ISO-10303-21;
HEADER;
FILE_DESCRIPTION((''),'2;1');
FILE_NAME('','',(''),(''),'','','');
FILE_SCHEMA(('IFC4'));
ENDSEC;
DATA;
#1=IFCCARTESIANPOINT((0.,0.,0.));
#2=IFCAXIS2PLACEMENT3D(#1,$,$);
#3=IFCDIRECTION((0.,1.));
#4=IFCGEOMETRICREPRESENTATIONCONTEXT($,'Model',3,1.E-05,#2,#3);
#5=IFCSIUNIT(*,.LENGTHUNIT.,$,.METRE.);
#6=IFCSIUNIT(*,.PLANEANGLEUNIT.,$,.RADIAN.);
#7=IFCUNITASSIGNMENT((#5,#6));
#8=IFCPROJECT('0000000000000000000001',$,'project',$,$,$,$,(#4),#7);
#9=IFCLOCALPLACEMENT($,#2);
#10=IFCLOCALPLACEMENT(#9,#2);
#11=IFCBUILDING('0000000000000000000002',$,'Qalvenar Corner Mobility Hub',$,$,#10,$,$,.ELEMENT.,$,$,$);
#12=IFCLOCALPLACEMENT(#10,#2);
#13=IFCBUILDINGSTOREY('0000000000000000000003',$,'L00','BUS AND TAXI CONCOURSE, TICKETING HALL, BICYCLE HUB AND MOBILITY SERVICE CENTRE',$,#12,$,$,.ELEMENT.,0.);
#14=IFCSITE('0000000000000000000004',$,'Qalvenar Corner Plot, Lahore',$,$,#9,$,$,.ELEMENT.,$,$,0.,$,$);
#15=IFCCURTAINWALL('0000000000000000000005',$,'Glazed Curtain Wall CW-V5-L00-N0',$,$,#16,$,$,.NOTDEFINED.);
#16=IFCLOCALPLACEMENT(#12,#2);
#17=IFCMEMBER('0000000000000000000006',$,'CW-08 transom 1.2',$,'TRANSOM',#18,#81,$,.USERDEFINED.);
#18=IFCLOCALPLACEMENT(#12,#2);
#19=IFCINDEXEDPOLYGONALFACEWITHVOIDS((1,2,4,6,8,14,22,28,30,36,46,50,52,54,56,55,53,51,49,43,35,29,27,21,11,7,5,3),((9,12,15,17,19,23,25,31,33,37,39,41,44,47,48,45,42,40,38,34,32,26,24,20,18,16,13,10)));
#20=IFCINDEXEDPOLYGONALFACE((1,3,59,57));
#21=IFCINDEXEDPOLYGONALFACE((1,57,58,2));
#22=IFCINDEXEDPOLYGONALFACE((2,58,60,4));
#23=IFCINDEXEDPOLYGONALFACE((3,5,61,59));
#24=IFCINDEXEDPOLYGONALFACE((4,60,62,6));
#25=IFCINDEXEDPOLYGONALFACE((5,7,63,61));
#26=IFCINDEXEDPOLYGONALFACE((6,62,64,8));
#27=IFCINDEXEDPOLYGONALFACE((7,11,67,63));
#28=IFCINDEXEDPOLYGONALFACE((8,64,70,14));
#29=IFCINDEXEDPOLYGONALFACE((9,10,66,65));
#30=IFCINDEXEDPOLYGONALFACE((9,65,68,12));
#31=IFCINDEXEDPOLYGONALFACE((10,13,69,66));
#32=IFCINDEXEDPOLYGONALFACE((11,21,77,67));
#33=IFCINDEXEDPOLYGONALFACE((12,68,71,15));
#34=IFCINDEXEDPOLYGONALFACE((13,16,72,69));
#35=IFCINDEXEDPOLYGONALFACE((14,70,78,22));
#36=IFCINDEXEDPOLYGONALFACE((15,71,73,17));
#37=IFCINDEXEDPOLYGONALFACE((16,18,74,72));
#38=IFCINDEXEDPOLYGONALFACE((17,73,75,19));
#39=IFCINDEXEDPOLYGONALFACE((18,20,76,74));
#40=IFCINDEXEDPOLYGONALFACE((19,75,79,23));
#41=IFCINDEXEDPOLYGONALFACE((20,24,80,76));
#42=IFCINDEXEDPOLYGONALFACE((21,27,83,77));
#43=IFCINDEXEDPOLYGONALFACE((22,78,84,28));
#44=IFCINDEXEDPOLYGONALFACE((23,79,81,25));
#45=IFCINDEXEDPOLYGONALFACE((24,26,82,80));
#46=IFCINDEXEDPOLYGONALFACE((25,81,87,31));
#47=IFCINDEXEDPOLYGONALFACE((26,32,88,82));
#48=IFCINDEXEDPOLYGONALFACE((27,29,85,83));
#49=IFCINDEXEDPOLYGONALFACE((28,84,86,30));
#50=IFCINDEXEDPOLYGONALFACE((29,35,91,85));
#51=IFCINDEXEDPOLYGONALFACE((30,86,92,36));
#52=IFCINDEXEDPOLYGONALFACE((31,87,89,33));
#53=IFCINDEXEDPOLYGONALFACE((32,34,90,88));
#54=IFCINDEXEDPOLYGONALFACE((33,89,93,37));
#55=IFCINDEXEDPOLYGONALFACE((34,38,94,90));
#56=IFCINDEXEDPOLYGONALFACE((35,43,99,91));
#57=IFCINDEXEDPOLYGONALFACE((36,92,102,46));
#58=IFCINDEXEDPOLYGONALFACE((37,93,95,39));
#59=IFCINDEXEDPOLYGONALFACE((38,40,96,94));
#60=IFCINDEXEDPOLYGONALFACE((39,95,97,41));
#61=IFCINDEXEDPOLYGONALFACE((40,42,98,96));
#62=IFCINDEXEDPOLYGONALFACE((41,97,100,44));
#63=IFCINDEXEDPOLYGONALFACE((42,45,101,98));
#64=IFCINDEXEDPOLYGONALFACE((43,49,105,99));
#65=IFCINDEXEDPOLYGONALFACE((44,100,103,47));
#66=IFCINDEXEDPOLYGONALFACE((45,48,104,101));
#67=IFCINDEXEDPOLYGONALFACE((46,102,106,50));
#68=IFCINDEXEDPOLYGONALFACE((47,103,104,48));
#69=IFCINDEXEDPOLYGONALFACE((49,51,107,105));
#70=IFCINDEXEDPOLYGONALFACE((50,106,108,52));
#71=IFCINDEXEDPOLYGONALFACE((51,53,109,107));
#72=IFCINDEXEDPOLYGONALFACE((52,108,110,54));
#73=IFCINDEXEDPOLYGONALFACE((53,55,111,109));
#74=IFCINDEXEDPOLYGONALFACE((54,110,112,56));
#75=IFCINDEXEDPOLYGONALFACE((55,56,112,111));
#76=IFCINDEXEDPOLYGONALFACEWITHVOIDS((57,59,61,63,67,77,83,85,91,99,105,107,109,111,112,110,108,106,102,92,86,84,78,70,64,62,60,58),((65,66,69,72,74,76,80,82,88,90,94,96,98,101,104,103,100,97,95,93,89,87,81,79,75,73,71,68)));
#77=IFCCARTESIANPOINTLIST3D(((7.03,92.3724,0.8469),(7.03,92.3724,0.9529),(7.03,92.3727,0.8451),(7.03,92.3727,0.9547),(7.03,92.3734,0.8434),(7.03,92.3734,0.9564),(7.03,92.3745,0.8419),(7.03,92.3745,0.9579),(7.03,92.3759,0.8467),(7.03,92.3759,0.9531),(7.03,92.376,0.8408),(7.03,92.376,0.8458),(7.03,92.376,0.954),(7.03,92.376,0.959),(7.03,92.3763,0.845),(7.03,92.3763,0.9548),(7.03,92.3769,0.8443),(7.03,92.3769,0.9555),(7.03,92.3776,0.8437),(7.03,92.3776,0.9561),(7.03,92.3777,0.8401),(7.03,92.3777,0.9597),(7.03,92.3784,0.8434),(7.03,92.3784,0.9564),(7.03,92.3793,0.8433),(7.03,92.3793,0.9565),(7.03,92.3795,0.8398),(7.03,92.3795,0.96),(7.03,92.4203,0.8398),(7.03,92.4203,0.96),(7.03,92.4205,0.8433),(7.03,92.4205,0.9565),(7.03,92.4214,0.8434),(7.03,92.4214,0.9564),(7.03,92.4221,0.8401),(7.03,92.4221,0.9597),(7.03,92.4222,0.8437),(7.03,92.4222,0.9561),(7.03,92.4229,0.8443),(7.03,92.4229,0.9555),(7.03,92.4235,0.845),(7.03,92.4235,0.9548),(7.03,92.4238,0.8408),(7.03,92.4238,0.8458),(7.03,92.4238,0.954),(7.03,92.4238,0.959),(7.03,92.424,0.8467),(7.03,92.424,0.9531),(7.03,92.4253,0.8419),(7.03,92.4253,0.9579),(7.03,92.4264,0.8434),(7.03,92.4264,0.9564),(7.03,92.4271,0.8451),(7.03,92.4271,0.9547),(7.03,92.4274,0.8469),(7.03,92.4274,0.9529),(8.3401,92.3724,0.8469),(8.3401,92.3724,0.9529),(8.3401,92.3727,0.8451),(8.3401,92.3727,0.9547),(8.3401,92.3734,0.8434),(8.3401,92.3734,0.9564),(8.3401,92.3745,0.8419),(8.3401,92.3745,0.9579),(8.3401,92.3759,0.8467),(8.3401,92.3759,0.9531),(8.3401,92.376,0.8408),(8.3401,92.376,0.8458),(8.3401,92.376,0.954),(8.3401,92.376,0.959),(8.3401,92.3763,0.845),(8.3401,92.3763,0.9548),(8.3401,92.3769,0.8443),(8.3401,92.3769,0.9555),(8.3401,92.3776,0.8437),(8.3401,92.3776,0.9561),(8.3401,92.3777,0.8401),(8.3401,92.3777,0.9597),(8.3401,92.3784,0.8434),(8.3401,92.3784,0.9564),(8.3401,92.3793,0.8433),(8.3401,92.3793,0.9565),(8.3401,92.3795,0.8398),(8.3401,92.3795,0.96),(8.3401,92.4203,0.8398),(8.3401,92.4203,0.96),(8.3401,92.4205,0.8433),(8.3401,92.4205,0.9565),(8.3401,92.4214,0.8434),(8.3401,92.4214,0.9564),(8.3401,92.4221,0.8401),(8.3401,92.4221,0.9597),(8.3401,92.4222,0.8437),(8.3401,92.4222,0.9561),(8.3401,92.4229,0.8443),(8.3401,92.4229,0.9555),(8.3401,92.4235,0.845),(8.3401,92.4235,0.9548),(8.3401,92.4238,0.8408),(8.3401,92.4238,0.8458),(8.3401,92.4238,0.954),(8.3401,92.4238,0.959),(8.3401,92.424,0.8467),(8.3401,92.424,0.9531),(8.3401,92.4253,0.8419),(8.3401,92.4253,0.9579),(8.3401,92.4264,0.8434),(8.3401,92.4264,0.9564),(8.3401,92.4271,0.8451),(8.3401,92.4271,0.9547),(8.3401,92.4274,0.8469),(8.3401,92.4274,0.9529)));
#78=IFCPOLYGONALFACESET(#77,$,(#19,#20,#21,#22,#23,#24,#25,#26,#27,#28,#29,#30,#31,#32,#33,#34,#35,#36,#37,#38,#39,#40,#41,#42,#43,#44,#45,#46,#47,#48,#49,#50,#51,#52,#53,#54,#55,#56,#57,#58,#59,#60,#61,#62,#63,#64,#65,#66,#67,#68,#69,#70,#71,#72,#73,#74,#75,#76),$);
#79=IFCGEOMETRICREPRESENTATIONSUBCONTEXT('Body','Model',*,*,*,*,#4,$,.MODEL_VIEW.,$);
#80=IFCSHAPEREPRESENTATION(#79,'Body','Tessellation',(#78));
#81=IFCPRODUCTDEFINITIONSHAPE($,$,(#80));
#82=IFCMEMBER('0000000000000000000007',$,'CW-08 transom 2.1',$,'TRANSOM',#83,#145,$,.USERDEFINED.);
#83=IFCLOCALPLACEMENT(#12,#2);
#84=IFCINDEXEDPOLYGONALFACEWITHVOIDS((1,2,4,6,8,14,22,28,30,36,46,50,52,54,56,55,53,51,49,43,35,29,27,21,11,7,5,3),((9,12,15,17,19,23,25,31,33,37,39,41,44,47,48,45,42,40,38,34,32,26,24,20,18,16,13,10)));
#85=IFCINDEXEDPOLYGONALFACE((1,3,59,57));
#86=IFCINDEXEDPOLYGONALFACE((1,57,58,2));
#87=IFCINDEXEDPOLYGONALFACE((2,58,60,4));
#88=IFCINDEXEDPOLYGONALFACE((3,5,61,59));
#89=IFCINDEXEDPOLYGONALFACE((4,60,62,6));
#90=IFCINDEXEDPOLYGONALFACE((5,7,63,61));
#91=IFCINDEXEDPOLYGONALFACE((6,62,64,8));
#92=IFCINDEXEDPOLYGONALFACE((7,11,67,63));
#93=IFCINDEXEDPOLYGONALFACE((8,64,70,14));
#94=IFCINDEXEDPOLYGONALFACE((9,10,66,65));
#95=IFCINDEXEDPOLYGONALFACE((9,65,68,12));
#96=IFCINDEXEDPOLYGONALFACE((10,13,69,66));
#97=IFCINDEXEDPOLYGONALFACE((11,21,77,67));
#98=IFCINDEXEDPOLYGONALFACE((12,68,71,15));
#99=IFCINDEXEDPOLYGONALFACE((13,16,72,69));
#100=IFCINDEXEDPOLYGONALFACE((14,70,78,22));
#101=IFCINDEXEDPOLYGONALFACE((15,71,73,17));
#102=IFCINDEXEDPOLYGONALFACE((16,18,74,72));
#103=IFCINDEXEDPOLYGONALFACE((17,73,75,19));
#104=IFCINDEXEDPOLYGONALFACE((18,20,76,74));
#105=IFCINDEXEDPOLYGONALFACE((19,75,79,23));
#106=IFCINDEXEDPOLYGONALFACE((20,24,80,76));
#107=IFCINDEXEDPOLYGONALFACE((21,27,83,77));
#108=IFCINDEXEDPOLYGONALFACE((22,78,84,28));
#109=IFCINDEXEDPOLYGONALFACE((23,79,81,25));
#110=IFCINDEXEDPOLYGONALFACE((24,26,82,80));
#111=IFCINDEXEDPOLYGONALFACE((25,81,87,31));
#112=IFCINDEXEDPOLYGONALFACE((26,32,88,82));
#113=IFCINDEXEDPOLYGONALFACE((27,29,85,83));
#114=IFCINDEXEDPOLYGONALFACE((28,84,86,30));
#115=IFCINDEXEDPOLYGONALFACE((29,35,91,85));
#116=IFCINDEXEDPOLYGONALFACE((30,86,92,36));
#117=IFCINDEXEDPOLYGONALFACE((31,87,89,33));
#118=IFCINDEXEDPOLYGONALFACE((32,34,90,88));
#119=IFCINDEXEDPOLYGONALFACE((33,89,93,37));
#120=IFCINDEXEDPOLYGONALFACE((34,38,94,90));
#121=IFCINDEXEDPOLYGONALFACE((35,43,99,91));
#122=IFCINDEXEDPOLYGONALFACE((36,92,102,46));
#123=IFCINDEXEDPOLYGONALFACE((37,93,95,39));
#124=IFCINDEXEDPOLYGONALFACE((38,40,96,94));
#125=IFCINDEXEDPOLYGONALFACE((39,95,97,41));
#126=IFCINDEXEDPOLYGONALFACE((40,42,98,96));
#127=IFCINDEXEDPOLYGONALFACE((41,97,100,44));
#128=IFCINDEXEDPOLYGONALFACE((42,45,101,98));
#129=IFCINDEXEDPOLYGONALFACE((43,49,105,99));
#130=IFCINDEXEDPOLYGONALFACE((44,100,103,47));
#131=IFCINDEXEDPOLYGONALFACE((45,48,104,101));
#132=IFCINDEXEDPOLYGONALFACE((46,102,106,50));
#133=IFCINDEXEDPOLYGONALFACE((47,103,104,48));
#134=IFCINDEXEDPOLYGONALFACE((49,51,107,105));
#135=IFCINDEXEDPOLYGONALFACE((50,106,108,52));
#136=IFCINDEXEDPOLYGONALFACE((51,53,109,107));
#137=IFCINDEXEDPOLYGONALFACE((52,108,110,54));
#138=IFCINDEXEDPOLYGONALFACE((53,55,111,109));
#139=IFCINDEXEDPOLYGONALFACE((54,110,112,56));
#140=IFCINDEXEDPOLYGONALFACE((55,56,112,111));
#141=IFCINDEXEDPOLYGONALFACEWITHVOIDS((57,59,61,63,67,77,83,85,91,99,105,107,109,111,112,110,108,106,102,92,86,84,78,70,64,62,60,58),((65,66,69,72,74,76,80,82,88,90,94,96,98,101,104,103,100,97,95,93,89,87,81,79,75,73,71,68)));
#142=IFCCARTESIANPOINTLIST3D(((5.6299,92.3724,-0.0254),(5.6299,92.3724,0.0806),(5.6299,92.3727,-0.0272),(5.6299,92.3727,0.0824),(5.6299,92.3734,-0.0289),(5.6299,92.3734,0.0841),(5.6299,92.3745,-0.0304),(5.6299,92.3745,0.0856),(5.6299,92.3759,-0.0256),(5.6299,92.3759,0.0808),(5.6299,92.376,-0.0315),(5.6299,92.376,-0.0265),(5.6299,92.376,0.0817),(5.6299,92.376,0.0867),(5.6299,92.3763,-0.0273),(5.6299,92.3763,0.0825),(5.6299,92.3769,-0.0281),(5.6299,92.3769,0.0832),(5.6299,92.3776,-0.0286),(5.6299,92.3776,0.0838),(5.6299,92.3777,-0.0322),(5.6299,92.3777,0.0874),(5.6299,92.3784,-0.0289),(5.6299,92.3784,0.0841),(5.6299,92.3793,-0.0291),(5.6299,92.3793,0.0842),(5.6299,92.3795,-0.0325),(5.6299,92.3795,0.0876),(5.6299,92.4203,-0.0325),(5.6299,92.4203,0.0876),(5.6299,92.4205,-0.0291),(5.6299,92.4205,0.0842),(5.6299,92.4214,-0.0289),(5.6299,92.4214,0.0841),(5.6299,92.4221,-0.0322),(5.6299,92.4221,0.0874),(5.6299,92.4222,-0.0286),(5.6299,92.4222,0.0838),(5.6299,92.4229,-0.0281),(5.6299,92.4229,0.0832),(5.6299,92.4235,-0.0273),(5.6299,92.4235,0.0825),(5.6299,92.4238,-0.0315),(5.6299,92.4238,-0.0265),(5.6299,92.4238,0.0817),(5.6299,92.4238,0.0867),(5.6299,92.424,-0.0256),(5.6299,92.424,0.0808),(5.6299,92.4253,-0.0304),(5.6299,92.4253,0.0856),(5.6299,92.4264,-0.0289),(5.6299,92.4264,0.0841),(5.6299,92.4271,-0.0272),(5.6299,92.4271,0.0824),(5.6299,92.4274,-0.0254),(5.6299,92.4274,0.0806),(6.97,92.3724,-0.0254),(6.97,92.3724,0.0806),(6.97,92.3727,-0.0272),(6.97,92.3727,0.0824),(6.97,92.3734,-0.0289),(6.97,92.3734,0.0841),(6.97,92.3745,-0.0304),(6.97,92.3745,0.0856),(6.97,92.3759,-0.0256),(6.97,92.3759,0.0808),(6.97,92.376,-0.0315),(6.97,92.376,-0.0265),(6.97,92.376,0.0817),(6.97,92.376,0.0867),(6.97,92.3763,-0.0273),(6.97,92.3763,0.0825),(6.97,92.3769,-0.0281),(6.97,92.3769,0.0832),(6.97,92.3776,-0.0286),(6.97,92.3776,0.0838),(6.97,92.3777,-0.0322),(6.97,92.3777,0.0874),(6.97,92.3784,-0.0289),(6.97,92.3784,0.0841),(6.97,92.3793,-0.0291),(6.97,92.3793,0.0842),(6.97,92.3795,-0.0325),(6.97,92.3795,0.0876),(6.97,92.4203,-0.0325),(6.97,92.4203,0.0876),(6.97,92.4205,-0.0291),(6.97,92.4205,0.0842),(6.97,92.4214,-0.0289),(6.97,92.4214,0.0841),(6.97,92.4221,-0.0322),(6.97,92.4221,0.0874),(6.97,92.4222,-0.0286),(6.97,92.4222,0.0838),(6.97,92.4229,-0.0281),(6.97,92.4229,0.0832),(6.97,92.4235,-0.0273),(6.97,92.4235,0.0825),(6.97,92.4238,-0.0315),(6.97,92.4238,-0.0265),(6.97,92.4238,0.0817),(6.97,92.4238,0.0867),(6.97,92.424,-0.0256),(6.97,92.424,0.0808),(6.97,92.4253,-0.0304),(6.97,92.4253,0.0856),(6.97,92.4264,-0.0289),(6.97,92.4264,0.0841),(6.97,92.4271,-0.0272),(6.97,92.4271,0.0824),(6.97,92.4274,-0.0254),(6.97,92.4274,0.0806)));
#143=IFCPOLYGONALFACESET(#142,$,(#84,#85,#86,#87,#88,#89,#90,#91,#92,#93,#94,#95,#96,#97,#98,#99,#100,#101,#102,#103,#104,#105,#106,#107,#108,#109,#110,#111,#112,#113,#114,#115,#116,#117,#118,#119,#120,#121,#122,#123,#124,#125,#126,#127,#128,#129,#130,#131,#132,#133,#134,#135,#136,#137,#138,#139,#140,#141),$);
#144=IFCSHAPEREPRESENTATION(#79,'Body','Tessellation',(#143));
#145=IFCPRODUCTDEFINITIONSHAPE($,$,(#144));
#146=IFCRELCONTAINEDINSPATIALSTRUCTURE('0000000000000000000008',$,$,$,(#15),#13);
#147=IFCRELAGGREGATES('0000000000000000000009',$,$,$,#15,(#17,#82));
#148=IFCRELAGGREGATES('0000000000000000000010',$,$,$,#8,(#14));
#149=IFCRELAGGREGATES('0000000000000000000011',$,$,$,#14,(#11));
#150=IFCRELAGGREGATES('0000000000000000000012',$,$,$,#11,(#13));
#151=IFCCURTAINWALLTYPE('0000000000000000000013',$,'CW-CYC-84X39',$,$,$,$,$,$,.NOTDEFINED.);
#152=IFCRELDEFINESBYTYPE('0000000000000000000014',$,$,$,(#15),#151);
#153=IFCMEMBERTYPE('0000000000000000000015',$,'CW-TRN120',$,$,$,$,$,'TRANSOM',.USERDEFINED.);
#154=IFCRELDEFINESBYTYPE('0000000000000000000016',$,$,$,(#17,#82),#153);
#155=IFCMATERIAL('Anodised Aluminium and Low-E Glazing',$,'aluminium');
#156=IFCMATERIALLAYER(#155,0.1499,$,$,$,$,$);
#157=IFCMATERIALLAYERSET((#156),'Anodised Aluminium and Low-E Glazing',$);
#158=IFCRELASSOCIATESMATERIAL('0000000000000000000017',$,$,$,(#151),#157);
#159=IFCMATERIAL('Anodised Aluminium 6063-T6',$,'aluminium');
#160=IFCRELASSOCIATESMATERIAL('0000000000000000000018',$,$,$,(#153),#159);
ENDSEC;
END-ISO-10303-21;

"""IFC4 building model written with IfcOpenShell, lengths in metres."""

from ifc_helpers import new_model, si_unit, direction, frame, origin, origin_2d, place, context, subcontext, project, spatial, hollow_rectangle, extrude, material, layer, layer_set, material_profile, profile_set, type_object, element, aggregate, save


model = new_model("IFC4")

# Units and contexts
model_context = context("Model", 3, precision=1e-05, world=origin(), true_north=direction((0.0, 1.0)))
body_context = subcontext(model_context, "Body", "Model", "MODEL_VIEW")
ifc_project = project(units=[si_unit("LENGTHUNIT", "METRE"), si_unit("PLANEANGLEUNIT", "RADIAN")], contexts=[model_context])

# Site, building, storey
site_placement = place(None, origin())
site = spatial("IfcSite", under=ifc_project, at=site_placement, Name="Qalvenar Corner Plot, Lahore", CompositionType="ELEMENT", RefElevation=0.0)
building_placement = place(site_placement, origin())
building = spatial("IfcBuilding", under=site, at=building_placement, Name="Qalvenar Corner Mobility Hub", CompositionType="ELEMENT")
storey_placement = place(building_placement, origin())
storey = spatial("IfcBuildingStorey", under=building, at=storey_placement, Name="L00", Description="BUS AND TAXI CONCOURSE, TICKETING HALL, BICYCLE HUB AND MOBILITY SERVICE CENTRE", CompositionType="ELEMENT", Elevation=0.0)

# Curtain wall, members
ifc_material_1 = material(Name="Anodised Aluminium and Low-E Glazing", Category="aluminium")
ifc_layer_1 = layer(ifc_material_1, 0.1499)
ifc_layer_set_1 = layer_set([ifc_layer_1], Name="Anodised Aluminium and Low-E Glazing")
curtain_wall_type = type_object("IfcCurtainWallType", Name="CW-CYC-84X39", PredefinedType="NOTDEFINED", material=ifc_layer_set_1)
curtain_wall_placement = place(storey_placement, origin())
curtain_wall = element("IfcCurtainWall", 1, at=curtain_wall_placement, inside=storey, type_object=curtain_wall_type, Name="Glazed Curtain Wall CW-V5-L00-N0", PredefinedType="NOTDEFINED")
ifc_material_2 = material(Name="Anodised Aluminium 6063-T6", Category="aluminium")
ifc_material_profile_1 = material_profile(ifc_material_2, hollow_rectangle(XDim=0.0549, YDim=0.1201, WallThickness=0.0034, InnerFilletRadius=0.0034, OuterFilletRadius=0.0071, at=origin_2d()), Name="RHS120x55x3.5")
ifc_profile_set_1 = profile_set([ifc_material_profile_1], Name="Anodised Aluminium 6063-T6")
member_type_1 = type_object("IfcMemberType", Name="CW-TRN120", ElementType="TRANSOM", PredefinedType="USERDEFINED", material=ifc_profile_set_1)
member_1_placement = place(storey_placement, frame((8.3401, 92.3999, 0.8999), z_axis=(-1.0, 0.0, 0.0), x_axis=(0.0, -1.0, 0.0)))
member_1 = element("IfcMember", 2, at=member_1_placement, type_object=member_type_1, Name="CW-08 transom 1.2", ObjectType="TRANSOM", PredefinedType="USERDEFINED", context=body_context, shape_type="SweptSolid", body=[
    extrude(hollow_rectangle(XDim=0.0549, YDim=0.1201, WallThickness=0.0034, InnerFilletRadius=0.0034, OuterFilletRadius=0.0071, at=origin_2d()), origin(), (0.0, 0.0, 1.0), 1.3101),
])
member_2_placement = place(storey_placement, frame((6.97, 92.3999, 0.0276), z_axis=(-1.0, 0.0, 0.0), x_axis=(0.0, -1.0, 0.0)))
member_2 = element("IfcMember", 3, at=member_2_placement, type_object=member_type_1, Name="CW-08 transom 2.1", ObjectType="TRANSOM", PredefinedType="USERDEFINED", context=body_context, shape_type="SweptSolid", body=[
    extrude(hollow_rectangle(XDim=0.0549, YDim=0.1201, WallThickness=0.0034, InnerFilletRadius=0.0034, OuterFilletRadius=0.0071, at=origin_2d()), origin(), (0.0, 0.0, 1.0), 1.3401),
])
aggregate(curtain_wall, [member_1, member_2])

save(model, "model.ifc")
